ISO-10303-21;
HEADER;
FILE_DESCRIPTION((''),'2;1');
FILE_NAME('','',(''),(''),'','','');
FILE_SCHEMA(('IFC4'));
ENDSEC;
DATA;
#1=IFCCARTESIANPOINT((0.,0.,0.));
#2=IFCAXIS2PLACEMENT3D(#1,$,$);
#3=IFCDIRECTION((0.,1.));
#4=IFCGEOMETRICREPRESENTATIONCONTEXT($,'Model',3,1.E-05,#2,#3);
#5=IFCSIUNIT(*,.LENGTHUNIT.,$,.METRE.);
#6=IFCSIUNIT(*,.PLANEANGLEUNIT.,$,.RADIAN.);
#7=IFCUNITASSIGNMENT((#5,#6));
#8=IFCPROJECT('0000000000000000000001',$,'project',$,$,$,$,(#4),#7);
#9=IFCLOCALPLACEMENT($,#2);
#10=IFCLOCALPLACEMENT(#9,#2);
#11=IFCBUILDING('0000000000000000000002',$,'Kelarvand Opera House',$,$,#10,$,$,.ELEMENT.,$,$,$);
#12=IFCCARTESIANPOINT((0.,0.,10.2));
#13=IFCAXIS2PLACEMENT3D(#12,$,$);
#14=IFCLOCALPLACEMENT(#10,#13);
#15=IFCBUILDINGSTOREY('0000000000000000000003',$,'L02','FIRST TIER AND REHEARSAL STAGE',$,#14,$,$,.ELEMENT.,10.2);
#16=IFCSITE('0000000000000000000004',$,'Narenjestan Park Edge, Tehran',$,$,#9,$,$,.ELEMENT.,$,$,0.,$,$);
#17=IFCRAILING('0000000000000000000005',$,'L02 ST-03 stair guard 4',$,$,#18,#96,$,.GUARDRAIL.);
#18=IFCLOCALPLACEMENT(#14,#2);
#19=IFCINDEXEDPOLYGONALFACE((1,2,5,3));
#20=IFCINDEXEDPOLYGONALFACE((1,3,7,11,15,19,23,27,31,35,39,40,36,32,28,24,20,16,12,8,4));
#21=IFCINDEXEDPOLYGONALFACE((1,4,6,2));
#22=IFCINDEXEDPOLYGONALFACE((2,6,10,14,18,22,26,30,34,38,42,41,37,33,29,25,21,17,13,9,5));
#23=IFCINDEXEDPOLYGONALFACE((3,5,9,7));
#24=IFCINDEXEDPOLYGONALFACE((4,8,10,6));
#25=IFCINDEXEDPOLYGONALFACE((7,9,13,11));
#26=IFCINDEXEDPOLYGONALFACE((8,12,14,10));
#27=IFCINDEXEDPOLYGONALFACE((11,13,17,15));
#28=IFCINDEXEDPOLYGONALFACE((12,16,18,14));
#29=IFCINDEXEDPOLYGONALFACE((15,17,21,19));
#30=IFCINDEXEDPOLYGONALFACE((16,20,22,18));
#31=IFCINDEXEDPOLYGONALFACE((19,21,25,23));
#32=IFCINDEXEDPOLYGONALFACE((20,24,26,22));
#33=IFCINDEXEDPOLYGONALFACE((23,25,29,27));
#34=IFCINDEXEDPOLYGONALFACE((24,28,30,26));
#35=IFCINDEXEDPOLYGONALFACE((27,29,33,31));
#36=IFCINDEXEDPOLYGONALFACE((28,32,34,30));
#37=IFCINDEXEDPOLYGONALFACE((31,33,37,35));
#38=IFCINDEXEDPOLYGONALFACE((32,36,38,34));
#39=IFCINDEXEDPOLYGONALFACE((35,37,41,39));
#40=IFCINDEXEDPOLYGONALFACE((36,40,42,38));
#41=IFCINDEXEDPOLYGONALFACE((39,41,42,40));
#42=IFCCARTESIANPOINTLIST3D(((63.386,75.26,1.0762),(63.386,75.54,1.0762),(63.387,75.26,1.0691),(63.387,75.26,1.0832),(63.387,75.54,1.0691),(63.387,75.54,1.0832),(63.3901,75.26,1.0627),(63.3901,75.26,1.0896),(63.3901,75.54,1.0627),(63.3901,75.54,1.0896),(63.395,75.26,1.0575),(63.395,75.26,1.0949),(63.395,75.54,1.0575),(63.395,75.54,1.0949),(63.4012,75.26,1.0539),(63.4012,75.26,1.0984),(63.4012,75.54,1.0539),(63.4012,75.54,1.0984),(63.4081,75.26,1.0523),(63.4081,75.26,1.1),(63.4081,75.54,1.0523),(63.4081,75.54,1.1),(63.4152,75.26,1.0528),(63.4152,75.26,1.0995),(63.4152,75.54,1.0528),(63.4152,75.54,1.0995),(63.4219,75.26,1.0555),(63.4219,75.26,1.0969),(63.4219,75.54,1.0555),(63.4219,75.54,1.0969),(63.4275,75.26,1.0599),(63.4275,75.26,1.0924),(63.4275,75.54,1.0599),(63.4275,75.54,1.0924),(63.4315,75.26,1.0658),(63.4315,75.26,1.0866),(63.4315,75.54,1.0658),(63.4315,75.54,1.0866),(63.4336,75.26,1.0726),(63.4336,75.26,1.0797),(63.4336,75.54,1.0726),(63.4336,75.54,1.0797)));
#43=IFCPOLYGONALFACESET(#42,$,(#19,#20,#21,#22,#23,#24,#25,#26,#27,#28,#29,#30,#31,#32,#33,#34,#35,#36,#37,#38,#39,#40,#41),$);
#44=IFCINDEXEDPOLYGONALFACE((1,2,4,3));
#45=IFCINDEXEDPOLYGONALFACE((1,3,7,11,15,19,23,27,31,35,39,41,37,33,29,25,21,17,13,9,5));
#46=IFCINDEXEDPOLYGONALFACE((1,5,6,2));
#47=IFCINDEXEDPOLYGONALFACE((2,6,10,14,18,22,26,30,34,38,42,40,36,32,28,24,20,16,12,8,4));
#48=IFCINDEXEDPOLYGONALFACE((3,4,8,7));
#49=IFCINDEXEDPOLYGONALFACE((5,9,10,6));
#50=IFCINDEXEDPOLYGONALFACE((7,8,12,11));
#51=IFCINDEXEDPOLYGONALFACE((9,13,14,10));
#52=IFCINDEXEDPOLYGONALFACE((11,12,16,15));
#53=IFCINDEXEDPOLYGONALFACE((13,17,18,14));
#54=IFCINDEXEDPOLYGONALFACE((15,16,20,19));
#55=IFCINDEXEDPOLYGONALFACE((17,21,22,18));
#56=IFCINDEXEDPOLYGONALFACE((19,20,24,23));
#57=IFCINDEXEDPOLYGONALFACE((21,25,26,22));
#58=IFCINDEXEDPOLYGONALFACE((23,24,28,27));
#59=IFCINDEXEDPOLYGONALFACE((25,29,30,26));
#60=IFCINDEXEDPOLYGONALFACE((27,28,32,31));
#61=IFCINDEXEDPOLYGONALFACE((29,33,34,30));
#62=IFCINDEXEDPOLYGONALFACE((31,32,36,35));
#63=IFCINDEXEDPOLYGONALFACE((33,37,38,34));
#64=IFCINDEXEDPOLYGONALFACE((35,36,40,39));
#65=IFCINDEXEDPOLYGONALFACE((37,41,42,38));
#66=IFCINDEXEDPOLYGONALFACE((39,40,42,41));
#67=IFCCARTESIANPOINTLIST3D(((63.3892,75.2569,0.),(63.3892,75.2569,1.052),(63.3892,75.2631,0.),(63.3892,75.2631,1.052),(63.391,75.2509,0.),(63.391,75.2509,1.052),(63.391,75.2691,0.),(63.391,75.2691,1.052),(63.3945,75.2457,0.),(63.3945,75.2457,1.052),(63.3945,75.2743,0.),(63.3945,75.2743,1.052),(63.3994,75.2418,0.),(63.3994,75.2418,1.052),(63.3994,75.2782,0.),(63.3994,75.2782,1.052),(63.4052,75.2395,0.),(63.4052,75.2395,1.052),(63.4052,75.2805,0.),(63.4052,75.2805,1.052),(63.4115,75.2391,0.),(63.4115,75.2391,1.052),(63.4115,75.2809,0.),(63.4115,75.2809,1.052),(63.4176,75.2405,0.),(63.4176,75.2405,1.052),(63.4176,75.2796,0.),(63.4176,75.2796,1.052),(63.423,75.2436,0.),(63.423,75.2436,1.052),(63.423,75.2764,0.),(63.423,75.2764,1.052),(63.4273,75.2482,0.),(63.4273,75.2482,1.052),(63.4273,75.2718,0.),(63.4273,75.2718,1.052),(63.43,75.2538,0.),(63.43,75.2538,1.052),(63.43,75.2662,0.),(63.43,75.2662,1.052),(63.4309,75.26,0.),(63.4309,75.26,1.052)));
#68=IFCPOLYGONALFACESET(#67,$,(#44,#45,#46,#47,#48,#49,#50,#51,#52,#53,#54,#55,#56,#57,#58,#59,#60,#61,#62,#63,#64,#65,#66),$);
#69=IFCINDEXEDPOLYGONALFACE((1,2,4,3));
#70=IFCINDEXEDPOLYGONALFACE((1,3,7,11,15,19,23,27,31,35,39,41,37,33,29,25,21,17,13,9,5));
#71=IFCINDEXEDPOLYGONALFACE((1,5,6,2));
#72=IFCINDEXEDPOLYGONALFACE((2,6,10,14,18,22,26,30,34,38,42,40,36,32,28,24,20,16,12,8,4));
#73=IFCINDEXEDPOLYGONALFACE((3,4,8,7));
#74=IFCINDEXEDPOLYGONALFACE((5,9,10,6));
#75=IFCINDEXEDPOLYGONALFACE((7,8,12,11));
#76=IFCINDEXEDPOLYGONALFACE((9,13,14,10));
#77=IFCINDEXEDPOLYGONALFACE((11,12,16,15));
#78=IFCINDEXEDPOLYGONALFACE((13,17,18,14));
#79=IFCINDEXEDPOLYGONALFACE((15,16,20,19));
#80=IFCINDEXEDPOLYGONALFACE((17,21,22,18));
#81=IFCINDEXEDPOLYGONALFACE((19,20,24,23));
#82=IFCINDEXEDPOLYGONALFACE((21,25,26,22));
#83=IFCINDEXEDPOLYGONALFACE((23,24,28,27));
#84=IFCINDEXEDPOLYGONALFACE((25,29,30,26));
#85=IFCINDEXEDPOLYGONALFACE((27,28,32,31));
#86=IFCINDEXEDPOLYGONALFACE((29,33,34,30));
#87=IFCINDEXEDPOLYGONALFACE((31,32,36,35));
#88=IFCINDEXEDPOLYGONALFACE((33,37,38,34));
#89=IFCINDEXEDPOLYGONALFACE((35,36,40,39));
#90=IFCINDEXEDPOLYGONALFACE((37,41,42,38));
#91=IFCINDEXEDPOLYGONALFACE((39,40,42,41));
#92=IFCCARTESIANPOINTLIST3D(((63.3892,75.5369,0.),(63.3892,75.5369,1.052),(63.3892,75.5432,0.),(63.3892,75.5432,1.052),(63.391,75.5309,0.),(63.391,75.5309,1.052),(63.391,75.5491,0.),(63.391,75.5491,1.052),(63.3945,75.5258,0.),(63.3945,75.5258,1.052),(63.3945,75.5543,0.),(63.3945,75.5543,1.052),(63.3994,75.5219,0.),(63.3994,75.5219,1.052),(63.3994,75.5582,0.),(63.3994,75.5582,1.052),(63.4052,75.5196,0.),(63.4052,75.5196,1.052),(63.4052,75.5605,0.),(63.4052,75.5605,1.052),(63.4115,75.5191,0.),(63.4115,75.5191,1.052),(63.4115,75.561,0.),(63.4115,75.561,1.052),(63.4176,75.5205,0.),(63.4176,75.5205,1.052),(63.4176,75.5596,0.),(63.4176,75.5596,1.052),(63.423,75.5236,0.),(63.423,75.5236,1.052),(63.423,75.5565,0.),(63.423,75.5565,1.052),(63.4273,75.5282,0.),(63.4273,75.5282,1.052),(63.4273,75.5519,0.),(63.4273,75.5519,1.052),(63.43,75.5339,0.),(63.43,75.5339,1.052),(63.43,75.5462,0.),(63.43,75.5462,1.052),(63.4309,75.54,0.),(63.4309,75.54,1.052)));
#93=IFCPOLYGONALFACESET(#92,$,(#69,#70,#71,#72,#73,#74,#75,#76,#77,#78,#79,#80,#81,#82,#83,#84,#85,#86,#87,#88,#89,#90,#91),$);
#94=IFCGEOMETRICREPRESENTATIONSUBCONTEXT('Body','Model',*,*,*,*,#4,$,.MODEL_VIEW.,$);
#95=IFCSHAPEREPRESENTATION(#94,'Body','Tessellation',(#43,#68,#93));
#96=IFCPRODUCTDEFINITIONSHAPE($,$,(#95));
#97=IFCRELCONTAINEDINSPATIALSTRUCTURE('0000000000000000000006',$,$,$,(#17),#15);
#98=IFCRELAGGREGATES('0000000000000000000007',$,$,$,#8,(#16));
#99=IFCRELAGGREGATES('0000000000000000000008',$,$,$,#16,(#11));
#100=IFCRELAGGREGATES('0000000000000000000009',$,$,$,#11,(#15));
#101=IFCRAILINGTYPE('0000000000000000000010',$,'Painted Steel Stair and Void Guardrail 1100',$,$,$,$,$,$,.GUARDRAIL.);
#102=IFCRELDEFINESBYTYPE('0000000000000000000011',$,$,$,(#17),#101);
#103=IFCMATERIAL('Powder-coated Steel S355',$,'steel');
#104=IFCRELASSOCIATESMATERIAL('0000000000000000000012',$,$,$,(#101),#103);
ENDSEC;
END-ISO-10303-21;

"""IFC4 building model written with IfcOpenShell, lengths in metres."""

from ifc_helpers import new_model, si_unit, direction, frame, origin, origin_2d, place, context, subcontext, project, spatial, circle, extrude, material, type_object, element, save


model = new_model("IFC4")

# Units and contexts
model_context = context("Model", 3, precision=1e-05, world=origin(), true_north=direction((0.0, 1.0)))
body_context = subcontext(model_context, "Body", "Model", "MODEL_VIEW")
ifc_project = project(units=[si_unit("LENGTHUNIT", "METRE"), si_unit("PLANEANGLEUNIT", "RADIAN")], contexts=[model_context])

# Site, building, storey
site_placement = place(None, origin())
site = spatial("IfcSite", under=ifc_project, at=site_placement, Name="Narenjestan Park Edge, Tehran", CompositionType="ELEMENT", RefElevation=0.0)
building_placement = place(site_placement, origin())
building = spatial("IfcBuilding", under=site, at=building_placement, Name="Kelarvand Opera House", CompositionType="ELEMENT")
storey_placement = place(building_placement, frame((0.0, 0.0, 10.2)))
storey = spatial("IfcBuildingStorey", under=building, at=storey_placement, Name="L02", Description="FIRST TIER AND REHEARSAL STAGE", CompositionType="ELEMENT", Elevation=10.2)

# Railing
ifc_material_1 = material(Name="Powder-coated Steel S355", Category="steel")
railing_type_1 = type_object("IfcRailingType", Name="Painted Steel Stair and Void Guardrail 1100", PredefinedType="GUARDRAIL", material=ifc_material_1)
railing_1_placement = place(storey_placement, frame((63.4099, 75.26, 0.0)))
element("IfcRailing", 1, at=railing_1_placement, inside=storey, type_object=railing_type_1, Name="L02 ST-03 stair guard 4", PredefinedType="GUARDRAIL", context=body_context, shape_type="SweptSolid", body=[
    extrude(circle(Radius=0.0239, at=origin_2d()), frame((0.0, 0.0, 1.0762), z_axis=(0.0, 1.0, 0.0), x_axis=(-1.0, 0.0, 0.0)), (0.0, 0.0, 1.0), 0.28),
    extrude(circle(Radius=0.021, at=origin_2d()), origin(), (0.0, 0.0, 1.0), 1.052),
    extrude(circle(Radius=0.021, at=origin_2d()), frame((0.0, 0.28, 0.0)), (0.0, 0.0, 1.0), 1.052),
])

save(model, "model.ifc")
